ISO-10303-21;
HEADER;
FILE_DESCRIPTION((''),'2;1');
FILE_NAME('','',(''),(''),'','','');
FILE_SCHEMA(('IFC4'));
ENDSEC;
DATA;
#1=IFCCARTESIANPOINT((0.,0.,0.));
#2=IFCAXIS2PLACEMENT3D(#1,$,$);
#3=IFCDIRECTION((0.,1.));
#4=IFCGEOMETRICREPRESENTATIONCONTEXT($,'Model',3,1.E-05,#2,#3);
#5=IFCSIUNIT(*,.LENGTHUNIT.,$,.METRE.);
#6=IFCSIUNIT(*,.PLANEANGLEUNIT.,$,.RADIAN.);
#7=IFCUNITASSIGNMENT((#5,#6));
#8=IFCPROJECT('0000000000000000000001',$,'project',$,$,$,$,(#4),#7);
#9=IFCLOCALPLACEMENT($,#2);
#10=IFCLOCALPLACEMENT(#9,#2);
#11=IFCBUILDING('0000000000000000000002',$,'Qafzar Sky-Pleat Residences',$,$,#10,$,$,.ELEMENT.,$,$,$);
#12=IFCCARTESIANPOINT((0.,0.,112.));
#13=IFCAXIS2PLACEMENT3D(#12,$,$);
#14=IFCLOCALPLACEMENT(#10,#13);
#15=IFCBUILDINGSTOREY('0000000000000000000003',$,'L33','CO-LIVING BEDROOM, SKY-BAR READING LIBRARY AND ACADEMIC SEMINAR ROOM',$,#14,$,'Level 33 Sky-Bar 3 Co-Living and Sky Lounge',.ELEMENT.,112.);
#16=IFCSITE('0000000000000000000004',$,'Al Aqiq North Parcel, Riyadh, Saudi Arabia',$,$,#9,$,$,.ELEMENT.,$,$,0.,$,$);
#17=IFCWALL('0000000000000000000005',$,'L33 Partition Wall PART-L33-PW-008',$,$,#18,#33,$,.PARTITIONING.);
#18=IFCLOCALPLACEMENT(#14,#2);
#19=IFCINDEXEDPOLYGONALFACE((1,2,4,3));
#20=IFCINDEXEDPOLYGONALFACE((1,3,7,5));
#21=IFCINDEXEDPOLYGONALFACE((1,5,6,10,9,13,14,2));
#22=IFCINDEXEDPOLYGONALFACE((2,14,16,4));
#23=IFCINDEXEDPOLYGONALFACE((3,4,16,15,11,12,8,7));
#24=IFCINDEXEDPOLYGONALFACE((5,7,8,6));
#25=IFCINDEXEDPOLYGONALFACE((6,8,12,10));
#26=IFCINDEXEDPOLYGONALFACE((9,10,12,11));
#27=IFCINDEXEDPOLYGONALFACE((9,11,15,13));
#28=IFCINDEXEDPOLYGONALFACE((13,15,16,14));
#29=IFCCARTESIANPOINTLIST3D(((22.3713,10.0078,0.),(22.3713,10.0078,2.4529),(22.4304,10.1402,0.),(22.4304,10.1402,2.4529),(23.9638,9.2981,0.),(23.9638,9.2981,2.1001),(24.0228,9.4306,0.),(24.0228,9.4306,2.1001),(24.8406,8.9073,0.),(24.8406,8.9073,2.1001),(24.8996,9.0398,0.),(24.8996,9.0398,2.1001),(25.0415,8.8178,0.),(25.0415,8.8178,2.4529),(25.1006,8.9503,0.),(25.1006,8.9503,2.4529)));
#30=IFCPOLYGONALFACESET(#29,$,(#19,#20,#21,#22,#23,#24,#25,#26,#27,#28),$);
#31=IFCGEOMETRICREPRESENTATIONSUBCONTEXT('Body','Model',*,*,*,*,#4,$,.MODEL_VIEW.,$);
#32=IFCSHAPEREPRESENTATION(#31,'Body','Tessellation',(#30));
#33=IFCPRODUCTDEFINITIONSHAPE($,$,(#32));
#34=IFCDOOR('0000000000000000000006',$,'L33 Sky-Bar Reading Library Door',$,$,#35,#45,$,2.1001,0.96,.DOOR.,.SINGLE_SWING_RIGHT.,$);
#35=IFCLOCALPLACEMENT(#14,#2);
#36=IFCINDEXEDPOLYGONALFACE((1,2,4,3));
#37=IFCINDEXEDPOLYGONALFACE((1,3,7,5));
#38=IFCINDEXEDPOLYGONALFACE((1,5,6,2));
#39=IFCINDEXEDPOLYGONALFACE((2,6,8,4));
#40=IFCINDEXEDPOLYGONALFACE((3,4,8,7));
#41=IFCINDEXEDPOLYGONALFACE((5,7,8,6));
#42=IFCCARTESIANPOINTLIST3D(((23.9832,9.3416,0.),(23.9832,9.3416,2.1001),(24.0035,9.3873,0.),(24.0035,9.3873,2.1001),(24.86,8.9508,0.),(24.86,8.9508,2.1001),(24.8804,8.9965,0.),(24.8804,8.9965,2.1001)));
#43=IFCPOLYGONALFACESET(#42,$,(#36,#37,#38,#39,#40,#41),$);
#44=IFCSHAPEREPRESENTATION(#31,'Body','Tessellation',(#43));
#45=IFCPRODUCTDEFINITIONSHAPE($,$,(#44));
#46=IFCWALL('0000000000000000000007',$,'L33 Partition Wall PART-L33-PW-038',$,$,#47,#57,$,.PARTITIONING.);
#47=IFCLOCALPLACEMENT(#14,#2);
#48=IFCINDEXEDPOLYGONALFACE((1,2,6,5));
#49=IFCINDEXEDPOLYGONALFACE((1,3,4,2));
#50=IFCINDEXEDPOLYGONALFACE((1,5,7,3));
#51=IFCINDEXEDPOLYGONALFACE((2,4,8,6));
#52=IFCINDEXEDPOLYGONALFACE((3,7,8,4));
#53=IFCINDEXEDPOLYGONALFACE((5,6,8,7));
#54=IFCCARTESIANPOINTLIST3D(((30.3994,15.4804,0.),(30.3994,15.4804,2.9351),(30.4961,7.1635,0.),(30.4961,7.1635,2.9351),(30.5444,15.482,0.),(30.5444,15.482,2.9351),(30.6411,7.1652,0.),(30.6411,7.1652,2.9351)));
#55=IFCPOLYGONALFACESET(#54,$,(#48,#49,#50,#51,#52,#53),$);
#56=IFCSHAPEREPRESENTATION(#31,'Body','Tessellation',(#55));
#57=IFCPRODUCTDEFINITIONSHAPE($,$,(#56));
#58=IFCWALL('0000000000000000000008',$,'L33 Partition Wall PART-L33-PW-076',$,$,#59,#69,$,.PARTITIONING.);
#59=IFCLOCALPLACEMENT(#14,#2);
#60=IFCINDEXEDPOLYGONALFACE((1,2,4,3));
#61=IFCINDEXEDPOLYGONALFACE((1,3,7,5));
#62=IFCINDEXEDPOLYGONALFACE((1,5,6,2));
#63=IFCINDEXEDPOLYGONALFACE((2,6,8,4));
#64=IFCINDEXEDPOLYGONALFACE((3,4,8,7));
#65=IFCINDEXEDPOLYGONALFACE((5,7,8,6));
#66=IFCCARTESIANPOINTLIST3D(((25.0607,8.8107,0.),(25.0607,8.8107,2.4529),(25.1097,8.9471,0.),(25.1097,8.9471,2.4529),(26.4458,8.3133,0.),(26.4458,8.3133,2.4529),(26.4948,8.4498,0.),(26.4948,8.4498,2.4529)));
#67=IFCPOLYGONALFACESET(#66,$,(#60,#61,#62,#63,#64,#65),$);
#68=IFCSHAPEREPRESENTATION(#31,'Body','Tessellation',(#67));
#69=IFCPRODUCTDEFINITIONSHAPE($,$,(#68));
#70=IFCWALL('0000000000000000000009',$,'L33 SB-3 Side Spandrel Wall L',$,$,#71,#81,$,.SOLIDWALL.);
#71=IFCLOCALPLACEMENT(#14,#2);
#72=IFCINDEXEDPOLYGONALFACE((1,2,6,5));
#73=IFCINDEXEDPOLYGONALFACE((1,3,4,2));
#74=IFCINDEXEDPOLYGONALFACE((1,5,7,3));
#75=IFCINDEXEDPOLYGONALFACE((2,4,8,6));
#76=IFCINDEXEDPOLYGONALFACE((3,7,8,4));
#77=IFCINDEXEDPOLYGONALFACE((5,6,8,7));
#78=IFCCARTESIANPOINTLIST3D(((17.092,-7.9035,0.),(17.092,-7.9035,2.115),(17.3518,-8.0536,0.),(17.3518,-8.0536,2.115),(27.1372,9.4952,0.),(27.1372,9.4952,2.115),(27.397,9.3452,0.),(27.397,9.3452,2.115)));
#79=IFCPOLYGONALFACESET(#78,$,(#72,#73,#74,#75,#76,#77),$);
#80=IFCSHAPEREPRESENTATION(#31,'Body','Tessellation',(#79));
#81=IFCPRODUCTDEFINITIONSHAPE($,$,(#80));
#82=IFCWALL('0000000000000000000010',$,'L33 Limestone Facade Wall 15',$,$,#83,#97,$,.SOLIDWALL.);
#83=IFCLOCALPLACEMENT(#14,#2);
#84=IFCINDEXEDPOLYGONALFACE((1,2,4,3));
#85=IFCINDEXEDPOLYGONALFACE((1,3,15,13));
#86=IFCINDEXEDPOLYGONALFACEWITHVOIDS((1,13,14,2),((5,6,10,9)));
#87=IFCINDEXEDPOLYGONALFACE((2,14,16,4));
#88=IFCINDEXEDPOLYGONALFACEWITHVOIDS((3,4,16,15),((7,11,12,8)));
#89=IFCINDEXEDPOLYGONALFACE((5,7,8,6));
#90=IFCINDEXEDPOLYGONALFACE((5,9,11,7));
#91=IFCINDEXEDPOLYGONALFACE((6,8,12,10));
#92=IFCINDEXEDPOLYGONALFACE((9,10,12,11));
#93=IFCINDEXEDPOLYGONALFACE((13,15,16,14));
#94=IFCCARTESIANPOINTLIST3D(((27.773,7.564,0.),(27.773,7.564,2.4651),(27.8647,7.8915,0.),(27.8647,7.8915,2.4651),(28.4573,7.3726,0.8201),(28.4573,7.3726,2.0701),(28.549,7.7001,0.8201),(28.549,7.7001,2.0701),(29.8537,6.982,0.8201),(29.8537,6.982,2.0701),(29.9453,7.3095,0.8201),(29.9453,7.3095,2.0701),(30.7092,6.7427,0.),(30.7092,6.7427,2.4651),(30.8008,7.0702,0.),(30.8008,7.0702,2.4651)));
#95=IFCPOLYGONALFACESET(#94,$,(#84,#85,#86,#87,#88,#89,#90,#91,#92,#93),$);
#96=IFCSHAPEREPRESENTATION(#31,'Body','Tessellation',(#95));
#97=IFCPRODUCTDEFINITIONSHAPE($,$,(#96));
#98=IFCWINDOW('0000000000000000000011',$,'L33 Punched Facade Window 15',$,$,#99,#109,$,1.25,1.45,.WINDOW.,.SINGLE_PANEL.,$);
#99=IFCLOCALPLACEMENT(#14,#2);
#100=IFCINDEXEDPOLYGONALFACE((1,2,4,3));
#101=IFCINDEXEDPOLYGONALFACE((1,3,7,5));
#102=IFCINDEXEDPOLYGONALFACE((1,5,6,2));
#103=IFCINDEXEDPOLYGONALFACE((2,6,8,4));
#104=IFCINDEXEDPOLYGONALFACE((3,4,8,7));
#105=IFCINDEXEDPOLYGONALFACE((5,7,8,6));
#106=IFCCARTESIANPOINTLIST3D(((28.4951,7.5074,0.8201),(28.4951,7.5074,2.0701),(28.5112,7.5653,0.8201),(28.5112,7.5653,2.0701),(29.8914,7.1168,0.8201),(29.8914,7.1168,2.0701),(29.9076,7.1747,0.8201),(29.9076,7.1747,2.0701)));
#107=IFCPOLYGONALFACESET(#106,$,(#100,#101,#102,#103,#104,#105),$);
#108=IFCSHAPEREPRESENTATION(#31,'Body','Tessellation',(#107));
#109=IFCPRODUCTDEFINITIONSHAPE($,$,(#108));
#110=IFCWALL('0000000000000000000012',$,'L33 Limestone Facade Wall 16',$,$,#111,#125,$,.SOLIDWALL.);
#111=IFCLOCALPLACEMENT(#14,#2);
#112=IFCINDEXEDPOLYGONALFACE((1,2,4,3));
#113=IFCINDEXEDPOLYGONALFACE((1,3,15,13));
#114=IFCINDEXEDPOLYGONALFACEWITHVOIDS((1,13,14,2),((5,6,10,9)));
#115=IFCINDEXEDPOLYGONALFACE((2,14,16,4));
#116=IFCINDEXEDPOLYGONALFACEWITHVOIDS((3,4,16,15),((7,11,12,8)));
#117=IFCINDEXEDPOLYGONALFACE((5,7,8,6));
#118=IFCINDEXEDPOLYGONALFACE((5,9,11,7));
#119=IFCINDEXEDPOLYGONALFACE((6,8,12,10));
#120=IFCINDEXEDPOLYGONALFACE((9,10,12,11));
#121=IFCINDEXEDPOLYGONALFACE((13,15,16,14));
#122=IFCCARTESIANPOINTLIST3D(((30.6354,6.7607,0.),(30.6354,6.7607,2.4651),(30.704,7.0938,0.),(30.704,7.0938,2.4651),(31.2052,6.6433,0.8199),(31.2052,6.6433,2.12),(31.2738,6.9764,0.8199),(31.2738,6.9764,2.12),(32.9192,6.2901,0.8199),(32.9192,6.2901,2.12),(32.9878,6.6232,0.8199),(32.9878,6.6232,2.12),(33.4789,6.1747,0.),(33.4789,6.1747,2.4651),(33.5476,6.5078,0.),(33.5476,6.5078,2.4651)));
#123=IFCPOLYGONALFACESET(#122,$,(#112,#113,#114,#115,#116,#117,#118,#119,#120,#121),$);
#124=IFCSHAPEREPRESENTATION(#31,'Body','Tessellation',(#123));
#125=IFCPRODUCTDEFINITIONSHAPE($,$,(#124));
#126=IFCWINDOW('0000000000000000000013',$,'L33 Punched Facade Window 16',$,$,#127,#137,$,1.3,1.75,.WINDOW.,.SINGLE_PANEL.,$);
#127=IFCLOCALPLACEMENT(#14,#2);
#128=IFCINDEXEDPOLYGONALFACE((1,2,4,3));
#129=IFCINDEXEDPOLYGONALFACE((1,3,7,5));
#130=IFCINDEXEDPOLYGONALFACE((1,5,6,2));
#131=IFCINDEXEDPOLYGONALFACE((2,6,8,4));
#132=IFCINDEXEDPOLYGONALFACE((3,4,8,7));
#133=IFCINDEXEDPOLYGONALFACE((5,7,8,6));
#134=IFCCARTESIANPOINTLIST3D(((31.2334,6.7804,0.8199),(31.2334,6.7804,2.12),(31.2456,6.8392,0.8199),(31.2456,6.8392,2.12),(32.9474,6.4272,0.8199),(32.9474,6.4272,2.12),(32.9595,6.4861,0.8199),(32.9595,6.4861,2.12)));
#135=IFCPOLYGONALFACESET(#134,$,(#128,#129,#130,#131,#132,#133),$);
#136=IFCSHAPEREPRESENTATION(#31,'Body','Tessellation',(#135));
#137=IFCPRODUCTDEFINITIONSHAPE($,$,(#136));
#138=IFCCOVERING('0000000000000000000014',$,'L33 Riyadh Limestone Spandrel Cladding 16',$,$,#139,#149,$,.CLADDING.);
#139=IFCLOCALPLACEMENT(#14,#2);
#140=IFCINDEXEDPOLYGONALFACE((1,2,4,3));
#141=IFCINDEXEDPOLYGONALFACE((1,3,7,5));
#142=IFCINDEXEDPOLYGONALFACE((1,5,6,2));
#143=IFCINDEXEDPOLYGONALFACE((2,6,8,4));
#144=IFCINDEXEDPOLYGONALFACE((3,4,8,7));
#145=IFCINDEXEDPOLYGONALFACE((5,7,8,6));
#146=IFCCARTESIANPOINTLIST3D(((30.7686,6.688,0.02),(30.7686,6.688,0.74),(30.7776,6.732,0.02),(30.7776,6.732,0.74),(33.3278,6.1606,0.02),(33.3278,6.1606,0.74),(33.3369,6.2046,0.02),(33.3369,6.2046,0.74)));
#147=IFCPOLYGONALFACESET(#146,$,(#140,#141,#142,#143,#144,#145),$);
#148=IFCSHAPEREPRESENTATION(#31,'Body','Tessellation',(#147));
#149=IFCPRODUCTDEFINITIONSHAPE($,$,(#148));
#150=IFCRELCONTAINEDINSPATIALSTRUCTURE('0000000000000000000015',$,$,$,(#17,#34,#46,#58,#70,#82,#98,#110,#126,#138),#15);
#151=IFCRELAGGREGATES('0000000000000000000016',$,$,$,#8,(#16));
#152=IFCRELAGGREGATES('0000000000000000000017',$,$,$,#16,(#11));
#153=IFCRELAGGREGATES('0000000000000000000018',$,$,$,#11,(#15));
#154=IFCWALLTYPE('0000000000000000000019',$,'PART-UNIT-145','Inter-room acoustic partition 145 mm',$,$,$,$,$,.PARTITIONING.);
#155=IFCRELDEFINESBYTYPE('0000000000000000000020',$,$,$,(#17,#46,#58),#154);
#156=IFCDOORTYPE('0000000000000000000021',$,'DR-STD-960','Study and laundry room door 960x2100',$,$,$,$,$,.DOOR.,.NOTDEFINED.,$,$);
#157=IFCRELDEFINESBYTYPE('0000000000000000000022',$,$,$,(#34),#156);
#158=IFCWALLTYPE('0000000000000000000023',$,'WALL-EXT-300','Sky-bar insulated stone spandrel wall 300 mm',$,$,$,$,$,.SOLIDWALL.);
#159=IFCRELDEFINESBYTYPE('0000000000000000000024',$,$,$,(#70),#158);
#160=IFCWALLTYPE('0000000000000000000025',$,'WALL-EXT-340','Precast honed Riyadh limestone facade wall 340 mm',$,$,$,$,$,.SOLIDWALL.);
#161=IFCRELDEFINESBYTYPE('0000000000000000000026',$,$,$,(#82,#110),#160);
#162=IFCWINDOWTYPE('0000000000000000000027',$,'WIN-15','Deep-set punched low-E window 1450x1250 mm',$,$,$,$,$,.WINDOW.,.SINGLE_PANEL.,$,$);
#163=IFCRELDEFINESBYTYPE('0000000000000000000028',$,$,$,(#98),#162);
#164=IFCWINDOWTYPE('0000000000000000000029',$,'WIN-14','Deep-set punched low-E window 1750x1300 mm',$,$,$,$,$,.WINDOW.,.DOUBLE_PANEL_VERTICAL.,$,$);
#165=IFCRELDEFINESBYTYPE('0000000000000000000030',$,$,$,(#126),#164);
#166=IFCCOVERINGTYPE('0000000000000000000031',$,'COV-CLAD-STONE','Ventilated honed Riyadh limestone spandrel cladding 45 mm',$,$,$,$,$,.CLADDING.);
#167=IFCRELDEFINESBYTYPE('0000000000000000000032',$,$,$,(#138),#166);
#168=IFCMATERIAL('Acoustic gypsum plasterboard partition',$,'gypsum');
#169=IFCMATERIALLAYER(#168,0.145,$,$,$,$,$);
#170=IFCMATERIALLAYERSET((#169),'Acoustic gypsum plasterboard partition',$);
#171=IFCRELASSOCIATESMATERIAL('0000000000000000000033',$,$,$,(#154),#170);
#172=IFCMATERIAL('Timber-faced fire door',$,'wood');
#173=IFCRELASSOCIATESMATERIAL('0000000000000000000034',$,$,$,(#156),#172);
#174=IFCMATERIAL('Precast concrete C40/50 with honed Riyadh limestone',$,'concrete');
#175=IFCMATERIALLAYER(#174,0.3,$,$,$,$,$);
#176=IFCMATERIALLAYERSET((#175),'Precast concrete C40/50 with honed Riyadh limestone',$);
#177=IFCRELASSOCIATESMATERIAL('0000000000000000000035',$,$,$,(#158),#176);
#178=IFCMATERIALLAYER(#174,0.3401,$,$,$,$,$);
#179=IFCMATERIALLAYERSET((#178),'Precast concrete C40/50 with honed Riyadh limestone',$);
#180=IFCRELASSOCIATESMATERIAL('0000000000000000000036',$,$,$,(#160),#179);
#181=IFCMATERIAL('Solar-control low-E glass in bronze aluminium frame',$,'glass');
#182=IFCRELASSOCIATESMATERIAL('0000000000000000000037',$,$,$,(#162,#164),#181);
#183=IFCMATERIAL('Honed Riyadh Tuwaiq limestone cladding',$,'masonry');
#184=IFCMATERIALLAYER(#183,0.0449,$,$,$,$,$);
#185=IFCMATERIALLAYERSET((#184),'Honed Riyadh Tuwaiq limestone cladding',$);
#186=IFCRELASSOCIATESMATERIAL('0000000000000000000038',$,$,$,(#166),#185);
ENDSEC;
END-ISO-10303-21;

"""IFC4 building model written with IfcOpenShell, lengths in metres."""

from ifc_helpers import new_model, si_unit, direction, frame, frame_2d, origin, origin_2d, place, context, subcontext, project, spatial, rectangle, extrude, source, transform, mapped, material, layer, layer_set, type_object, element, fill, save


model = new_model("IFC4")

# Units and contexts
model_context = context("Model", 3, precision=1e-05, world=origin(), true_north=direction((0.0, 1.0)))
body_context = subcontext(model_context, "Body", "Model", "MODEL_VIEW")
ifc_project = project(units=[si_unit("LENGTHUNIT", "METRE"), si_unit("PLANEANGLEUNIT", "RADIAN")], contexts=[model_context])

# Site, building, storey
site_placement = place(None, origin())
site = spatial("IfcSite", under=ifc_project, at=site_placement, Name="Al Aqiq North Parcel, Riyadh, Saudi Arabia", CompositionType="ELEMENT", RefElevation=0.0)
building_placement = place(site_placement, origin())
building = spatial("IfcBuilding", under=site, at=building_placement, Name="Qafzar Sky-Pleat Residences", CompositionType="ELEMENT")
storey_placement = place(building_placement, frame((0.0, 0.0, 112.0)))
storey = spatial("IfcBuildingStorey", under=building, at=storey_placement, Name="L33", Description="CO-LIVING BEDROOM, SKY-BAR READING LIBRARY AND ACADEMIC SEMINAR ROOM", LongName="Level 33 Sky-Bar 3 Co-Living and Sky Lounge", CompositionType="ELEMENT", Elevation=112.0)

# Wall, opening, door
ifc_material_1 = material(Name="Acoustic gypsum plasterboard partition", Category="gypsum")
ifc_layer_1 = layer(ifc_material_1, 0.145)
ifc_layer_set_1 = layer_set([ifc_layer_1], Name="Acoustic gypsum plasterboard partition")
wall_type_1 = type_object("IfcWallType", Name="PART-UNIT-145", Description="Inter-room acoustic partition 145 mm", PredefinedType="PARTITIONING", material=ifc_layer_set_1)
wall_1_placement = place(storey_placement, frame((25.071, 8.884, 0.0), z_axis=(0.0, 0.0, 1.0), x_axis=(-0.913405, 0.407053, 0.0)))
wall_1 = element("IfcWall", 1, at=wall_1_placement, inside=storey, type_object=wall_type_1, Name="L33 Partition Wall PART-L33-PW-008", PredefinedType="PARTITIONING", context=body_context, shape_type="SweptSolid", body=[
    extrude(rectangle(XDim=2.9233, YDim=0.145, at=frame_2d((1.4617, 0.0))), origin(), (0.0, 0.0, 1.0), 2.4529),
])
opening_1_placement = place(wall_1_placement, frame((0.22, 0.0, 0.0)))
opening_1 = element("IfcOpeningElement", 2, at=opening_1_placement, cuts=wall_1, PredefinedType="OPENING", context=body_context, shape_type="SweptSolid", body=[
    extrude(rectangle(XDim=0.96, YDim=2.1001, at=frame_2d((0.48, 1.05))), frame((0.0, 0.0825, 0.0), z_axis=(0.0, -1.0, 0.0), x_axis=(1.0, 0.0, 0.0)), (0.0, 0.0, 1.0), 0.165),
])
ifc_material_2 = material(Name="Timber-faced fire door", Category="wood")
door_type = type_object("IfcDoorType", Name="DR-STD-960", Description="Study and laundry room door 960x2100", OperationType="NOTDEFINED", PredefinedType="DOOR", material=ifc_material_2)
shared_shape_1 = source(origin(), body_context, "Body", "SweptSolid", [
    extrude(rectangle(XDim=0.96, YDim=2.1001, at=frame_2d((0.48, 1.05))), frame((0.0, 0.0249, 0.0), z_axis=(0.0, -1.0, 0.0), x_axis=(1.0, 0.0, 0.0)), (0.0, 0.0, 1.0), 0.05),
])
door_placement = place(opening_1_placement, origin())
door = element("IfcDoor", 3, at=door_placement, inside=storey, type_object=door_type, Name="L33 Sky-Bar Reading Library Door", OperationType="SINGLE_SWING_RIGHT", OverallHeight=2.1001, OverallWidth=0.96, PredefinedType="DOOR", context=body_context, shape_type="MappedRepresentation", body=[
    mapped(shared_shape_1, transform((0.0, 0.0, 0.0), x_axis=(1.0, 0.0, 0.0), y_axis=(0.0, 1.0, 0.0), z_axis=(0.0, 0.0, 1.0), scale=1.0)),
])
fill(opening_1, door)

# Walls
wall_2_placement = place(storey_placement, frame((30.4719, 15.4812, 0.0), z_axis=(0.0, 0.0, 1.0), x_axis=(0.011624, -0.999932, 0.0)))
element("IfcWall", 4, at=wall_2_placement, inside=storey, type_object=wall_type_1, Name="L33 Partition Wall PART-L33-PW-038", PredefinedType="PARTITIONING", context=body_context, shape_type="SweptSolid", body=[
    extrude(rectangle(XDim=8.3174, YDim=0.145, at=frame_2d((4.1587, 0.0))), origin(), (0.0, 0.0, 1.0), 2.9351),
])
wall_3_placement = place(storey_placement, frame((25.0852, 8.8789, 0.0), z_axis=(0.0, 0.0, 1.0), x_axis=(0.941166, -0.337944, 0.0)))
element("IfcWall", 5, at=wall_3_placement, inside=storey, type_object=wall_type_1, Name="L33 Partition Wall PART-L33-PW-076", PredefinedType="PARTITIONING", context=body_context, shape_type="SweptSolid", body=[
    extrude(rectangle(XDim=1.4717, YDim=0.145, at=frame_2d((0.7358, 0.0))), origin(), (0.0, 0.0, 1.0), 2.4529),
])
ifc_material_3 = material(Name="Precast concrete C40/50 with honed Riyadh limestone", Category="concrete")
ifc_layer_2 = layer(ifc_material_3, 0.3)
ifc_layer_set_2 = layer_set([ifc_layer_2], Name="Precast concrete C40/50 with honed Riyadh limestone")
wall_type_2 = type_object("IfcWallType", Name="WALL-EXT-300", Description="Sky-bar insulated stone spandrel wall 300 mm", PredefinedType="SOLIDWALL", material=ifc_layer_set_2)
wall_4_placement = place(storey_placement, frame((27.2671, 9.4202, 0.0), z_axis=(0.0, 0.0, 1.0), x_axis=(-0.500001, -0.866025, 0.0)))
element("IfcWall", 6, at=wall_4_placement, inside=storey, type_object=wall_type_2, Name="L33 SB-3 Side Spandrel Wall L", PredefinedType="SOLIDWALL", context=body_context, shape_type="SweptSolid", body=[
    extrude(rectangle(XDim=20.0903, YDim=0.3, at=frame_2d((10.0452, 0.0))), origin(), (0.0, 0.0, 1.0), 2.115),
])

# Walls, openings, windows
ifc_layer_3 = layer(ifc_material_3, 0.3401)
ifc_layer_set_3 = layer_set([ifc_layer_3], Name="Precast concrete C40/50 with honed Riyadh limestone")
wall_type_3 = type_object("IfcWallType", Name="WALL-EXT-340", Description="Precast honed Riyadh limestone facade wall 340 mm", PredefinedType="SOLIDWALL", material=ifc_layer_set_3)
wall_5_placement = place(storey_placement, frame((27.8188, 7.7278, 0.0), z_axis=(0.0, 0.0, 1.0), x_axis=(0.963032, -0.269386, 0.0)))
wall_5 = element("IfcWall", 7, at=wall_5_placement, inside=storey, type_object=wall_type_3, Name="L33 Limestone Facade Wall 15", PredefinedType="SOLIDWALL", context=body_context, shape_type="SweptSolid", body=[
    extrude(rectangle(XDim=3.0488, YDim=0.3401, at=frame_2d((1.5244, 0.0))), origin(), (0.0, 0.0, 1.0), 2.4651),
])
opening_2_placement = place(wall_5_placement, frame((0.7104, 0.0, 0.8201)))
opening_2 = element("IfcOpeningElement", 8, at=opening_2_placement, cuts=wall_5, PredefinedType="OPENING", context=body_context, shape_type="SweptSolid", body=[
    extrude(rectangle(XDim=1.45, YDim=1.25, at=frame_2d((0.7251, 0.625))), frame((0.0, 0.1802, 0.0), z_axis=(0.0, -1.0, 0.0), x_axis=(1.0, 0.0, 0.0)), (0.0, 0.0, 1.0), 0.3601),
])
ifc_material_4 = material(Name="Solar-control low-E glass in bronze aluminium frame", Category="glass")
window_type_1 = type_object("IfcWindowType", Name="WIN-15", Description="Deep-set punched low-E window 1450x1250 mm", PartitioningType="SINGLE_PANEL", PredefinedType="WINDOW", material=ifc_material_4)
shared_shape_2 = source(origin(), body_context, "Body", "SweptSolid", [
    extrude(rectangle(XDim=1.45, YDim=1.25, at=frame_2d((0.7251, 0.625))), frame((0.0, 0.03, 0.0), z_axis=(0.0, -1.0, 0.0), x_axis=(1.0, 0.0, 0.0)), (0.0, 0.0, 1.0), 0.0601),
])
window_1_placement = place(opening_2_placement, origin())
window_1 = element("IfcWindow", 9, at=window_1_placement, inside=storey, type_object=window_type_1, Name="L33 Punched Facade Window 15", OverallHeight=1.25, OverallWidth=1.45, PartitioningType="SINGLE_PANEL", PredefinedType="WINDOW", context=body_context, shape_type="MappedRepresentation", body=[
    mapped(shared_shape_2, transform((0.0, 0.0, 0.0), x_axis=(1.0, 0.0, 0.0), y_axis=(0.0, 1.0, 0.0), z_axis=(0.0, 0.0, 1.0), scale=1.0)),
])
fill(opening_2, window_1)
wall_6_placement = place(storey_placement, frame((30.6697, 6.9272, 0.0), z_axis=(0.0, 0.0, 1.0), x_axis=(0.979422, -0.201821, 0.0)))
wall_6 = element("IfcWall", 10, at=wall_6_placement, inside=storey, type_object=wall_type_3, Name="L33 Limestone Facade Wall 16", PredefinedType="SOLIDWALL", context=body_context, shape_type="SweptSolid", body=[
    extrude(rectangle(XDim=2.9033, YDim=0.3401, at=frame_2d((1.4517, 0.0))), origin(), (0.0, 0.0, 1.0), 2.4651),
])
opening_3_placement = place(wall_6_placement, frame((0.5818, 0.0, 0.8201)))
opening_3 = element("IfcOpeningElement", 11, at=opening_3_placement, cuts=wall_6, PredefinedType="OPENING", context=body_context, shape_type="SweptSolid", body=[
    extrude(rectangle(XDim=1.75, YDim=1.3, at=frame_2d((0.875, 0.6499))), frame((0.0, 0.1802, 0.0), z_axis=(0.0, -1.0, 0.0), x_axis=(1.0, 0.0, 0.0)), (0.0, 0.0, 1.0), 0.3601),
])
window_type_2 = type_object("IfcWindowType", Name="WIN-14", Description="Deep-set punched low-E window 1750x1300 mm", PartitioningType="DOUBLE_PANEL_VERTICAL", PredefinedType="WINDOW", material=ifc_material_4)
shared_shape_3 = source(origin(), body_context, "Body", "SweptSolid", [
    extrude(rectangle(XDim=1.75, YDim=1.3, at=frame_2d((0.875, 0.6499))), frame((0.0, 0.03, 0.0), z_axis=(0.0, -1.0, 0.0), x_axis=(1.0, 0.0, 0.0)), (0.0, 0.0, 1.0), 0.0601),
])
window_2_placement = place(opening_3_placement, origin())
window_2 = element("IfcWindow", 12, at=window_2_placement, inside=storey, type_object=window_type_2, Name="L33 Punched Facade Window 16", OverallHeight=1.3, OverallWidth=1.75, PartitioningType="SINGLE_PANEL", PredefinedType="WINDOW", context=body_context, shape_type="MappedRepresentation", body=[
    mapped(shared_shape_3, transform((0.0, 0.0, 0.0), x_axis=(1.0, 0.0, 0.0), y_axis=(0.0, 1.0, 0.0), z_axis=(0.0, 0.0, 1.0), scale=1.0)),
])
fill(opening_3, window_2)

# Covering
ifc_material_5 = material(Name="Honed Riyadh Tuwaiq limestone cladding", Category="masonry")
ifc_layer_4 = layer(ifc_material_5, 0.0449)
ifc_layer_set_4 = layer_set([ifc_layer_4], Name="Honed Riyadh Tuwaiq limestone cladding")
covering_type = type_object("IfcCoveringType", Name="COV-CLAD-STONE", Description="Ventilated honed Riyadh limestone spandrel cladding 45 mm", PredefinedType="CLADDING", material=ifc_layer_set_4)
shared_shape_4 = source(origin(), body_context, "Body", "SweptSolid", [
    extrude(rectangle(XDim=2.613, YDim=0.0449, at=origin_2d()), origin(), (0.0, 0.0, 1.0), 0.72),
])
covering_placement = place(storey_placement, frame((32.0527, 6.4463, 0.02), z_axis=(0.0, 0.0, 1.0), x_axis=(0.979421, -0.201829, 0.0)))
element("IfcCovering", 13, at=covering_placement, inside=storey, type_object=covering_type, Name="L33 Riyadh Limestone Spandrel Cladding 16", PredefinedType="CLADDING", context=body_context, shape_type="MappedRepresentation", body=[
    mapped(shared_shape_4, transform((0.0, 0.0, 0.0), x_axis=(1.0, 0.0, 0.0), y_axis=(0.0, 1.0, 0.0), z_axis=(0.0, 0.0, 1.0), scale=1.0)),
])

save(model, "model.ifc")
